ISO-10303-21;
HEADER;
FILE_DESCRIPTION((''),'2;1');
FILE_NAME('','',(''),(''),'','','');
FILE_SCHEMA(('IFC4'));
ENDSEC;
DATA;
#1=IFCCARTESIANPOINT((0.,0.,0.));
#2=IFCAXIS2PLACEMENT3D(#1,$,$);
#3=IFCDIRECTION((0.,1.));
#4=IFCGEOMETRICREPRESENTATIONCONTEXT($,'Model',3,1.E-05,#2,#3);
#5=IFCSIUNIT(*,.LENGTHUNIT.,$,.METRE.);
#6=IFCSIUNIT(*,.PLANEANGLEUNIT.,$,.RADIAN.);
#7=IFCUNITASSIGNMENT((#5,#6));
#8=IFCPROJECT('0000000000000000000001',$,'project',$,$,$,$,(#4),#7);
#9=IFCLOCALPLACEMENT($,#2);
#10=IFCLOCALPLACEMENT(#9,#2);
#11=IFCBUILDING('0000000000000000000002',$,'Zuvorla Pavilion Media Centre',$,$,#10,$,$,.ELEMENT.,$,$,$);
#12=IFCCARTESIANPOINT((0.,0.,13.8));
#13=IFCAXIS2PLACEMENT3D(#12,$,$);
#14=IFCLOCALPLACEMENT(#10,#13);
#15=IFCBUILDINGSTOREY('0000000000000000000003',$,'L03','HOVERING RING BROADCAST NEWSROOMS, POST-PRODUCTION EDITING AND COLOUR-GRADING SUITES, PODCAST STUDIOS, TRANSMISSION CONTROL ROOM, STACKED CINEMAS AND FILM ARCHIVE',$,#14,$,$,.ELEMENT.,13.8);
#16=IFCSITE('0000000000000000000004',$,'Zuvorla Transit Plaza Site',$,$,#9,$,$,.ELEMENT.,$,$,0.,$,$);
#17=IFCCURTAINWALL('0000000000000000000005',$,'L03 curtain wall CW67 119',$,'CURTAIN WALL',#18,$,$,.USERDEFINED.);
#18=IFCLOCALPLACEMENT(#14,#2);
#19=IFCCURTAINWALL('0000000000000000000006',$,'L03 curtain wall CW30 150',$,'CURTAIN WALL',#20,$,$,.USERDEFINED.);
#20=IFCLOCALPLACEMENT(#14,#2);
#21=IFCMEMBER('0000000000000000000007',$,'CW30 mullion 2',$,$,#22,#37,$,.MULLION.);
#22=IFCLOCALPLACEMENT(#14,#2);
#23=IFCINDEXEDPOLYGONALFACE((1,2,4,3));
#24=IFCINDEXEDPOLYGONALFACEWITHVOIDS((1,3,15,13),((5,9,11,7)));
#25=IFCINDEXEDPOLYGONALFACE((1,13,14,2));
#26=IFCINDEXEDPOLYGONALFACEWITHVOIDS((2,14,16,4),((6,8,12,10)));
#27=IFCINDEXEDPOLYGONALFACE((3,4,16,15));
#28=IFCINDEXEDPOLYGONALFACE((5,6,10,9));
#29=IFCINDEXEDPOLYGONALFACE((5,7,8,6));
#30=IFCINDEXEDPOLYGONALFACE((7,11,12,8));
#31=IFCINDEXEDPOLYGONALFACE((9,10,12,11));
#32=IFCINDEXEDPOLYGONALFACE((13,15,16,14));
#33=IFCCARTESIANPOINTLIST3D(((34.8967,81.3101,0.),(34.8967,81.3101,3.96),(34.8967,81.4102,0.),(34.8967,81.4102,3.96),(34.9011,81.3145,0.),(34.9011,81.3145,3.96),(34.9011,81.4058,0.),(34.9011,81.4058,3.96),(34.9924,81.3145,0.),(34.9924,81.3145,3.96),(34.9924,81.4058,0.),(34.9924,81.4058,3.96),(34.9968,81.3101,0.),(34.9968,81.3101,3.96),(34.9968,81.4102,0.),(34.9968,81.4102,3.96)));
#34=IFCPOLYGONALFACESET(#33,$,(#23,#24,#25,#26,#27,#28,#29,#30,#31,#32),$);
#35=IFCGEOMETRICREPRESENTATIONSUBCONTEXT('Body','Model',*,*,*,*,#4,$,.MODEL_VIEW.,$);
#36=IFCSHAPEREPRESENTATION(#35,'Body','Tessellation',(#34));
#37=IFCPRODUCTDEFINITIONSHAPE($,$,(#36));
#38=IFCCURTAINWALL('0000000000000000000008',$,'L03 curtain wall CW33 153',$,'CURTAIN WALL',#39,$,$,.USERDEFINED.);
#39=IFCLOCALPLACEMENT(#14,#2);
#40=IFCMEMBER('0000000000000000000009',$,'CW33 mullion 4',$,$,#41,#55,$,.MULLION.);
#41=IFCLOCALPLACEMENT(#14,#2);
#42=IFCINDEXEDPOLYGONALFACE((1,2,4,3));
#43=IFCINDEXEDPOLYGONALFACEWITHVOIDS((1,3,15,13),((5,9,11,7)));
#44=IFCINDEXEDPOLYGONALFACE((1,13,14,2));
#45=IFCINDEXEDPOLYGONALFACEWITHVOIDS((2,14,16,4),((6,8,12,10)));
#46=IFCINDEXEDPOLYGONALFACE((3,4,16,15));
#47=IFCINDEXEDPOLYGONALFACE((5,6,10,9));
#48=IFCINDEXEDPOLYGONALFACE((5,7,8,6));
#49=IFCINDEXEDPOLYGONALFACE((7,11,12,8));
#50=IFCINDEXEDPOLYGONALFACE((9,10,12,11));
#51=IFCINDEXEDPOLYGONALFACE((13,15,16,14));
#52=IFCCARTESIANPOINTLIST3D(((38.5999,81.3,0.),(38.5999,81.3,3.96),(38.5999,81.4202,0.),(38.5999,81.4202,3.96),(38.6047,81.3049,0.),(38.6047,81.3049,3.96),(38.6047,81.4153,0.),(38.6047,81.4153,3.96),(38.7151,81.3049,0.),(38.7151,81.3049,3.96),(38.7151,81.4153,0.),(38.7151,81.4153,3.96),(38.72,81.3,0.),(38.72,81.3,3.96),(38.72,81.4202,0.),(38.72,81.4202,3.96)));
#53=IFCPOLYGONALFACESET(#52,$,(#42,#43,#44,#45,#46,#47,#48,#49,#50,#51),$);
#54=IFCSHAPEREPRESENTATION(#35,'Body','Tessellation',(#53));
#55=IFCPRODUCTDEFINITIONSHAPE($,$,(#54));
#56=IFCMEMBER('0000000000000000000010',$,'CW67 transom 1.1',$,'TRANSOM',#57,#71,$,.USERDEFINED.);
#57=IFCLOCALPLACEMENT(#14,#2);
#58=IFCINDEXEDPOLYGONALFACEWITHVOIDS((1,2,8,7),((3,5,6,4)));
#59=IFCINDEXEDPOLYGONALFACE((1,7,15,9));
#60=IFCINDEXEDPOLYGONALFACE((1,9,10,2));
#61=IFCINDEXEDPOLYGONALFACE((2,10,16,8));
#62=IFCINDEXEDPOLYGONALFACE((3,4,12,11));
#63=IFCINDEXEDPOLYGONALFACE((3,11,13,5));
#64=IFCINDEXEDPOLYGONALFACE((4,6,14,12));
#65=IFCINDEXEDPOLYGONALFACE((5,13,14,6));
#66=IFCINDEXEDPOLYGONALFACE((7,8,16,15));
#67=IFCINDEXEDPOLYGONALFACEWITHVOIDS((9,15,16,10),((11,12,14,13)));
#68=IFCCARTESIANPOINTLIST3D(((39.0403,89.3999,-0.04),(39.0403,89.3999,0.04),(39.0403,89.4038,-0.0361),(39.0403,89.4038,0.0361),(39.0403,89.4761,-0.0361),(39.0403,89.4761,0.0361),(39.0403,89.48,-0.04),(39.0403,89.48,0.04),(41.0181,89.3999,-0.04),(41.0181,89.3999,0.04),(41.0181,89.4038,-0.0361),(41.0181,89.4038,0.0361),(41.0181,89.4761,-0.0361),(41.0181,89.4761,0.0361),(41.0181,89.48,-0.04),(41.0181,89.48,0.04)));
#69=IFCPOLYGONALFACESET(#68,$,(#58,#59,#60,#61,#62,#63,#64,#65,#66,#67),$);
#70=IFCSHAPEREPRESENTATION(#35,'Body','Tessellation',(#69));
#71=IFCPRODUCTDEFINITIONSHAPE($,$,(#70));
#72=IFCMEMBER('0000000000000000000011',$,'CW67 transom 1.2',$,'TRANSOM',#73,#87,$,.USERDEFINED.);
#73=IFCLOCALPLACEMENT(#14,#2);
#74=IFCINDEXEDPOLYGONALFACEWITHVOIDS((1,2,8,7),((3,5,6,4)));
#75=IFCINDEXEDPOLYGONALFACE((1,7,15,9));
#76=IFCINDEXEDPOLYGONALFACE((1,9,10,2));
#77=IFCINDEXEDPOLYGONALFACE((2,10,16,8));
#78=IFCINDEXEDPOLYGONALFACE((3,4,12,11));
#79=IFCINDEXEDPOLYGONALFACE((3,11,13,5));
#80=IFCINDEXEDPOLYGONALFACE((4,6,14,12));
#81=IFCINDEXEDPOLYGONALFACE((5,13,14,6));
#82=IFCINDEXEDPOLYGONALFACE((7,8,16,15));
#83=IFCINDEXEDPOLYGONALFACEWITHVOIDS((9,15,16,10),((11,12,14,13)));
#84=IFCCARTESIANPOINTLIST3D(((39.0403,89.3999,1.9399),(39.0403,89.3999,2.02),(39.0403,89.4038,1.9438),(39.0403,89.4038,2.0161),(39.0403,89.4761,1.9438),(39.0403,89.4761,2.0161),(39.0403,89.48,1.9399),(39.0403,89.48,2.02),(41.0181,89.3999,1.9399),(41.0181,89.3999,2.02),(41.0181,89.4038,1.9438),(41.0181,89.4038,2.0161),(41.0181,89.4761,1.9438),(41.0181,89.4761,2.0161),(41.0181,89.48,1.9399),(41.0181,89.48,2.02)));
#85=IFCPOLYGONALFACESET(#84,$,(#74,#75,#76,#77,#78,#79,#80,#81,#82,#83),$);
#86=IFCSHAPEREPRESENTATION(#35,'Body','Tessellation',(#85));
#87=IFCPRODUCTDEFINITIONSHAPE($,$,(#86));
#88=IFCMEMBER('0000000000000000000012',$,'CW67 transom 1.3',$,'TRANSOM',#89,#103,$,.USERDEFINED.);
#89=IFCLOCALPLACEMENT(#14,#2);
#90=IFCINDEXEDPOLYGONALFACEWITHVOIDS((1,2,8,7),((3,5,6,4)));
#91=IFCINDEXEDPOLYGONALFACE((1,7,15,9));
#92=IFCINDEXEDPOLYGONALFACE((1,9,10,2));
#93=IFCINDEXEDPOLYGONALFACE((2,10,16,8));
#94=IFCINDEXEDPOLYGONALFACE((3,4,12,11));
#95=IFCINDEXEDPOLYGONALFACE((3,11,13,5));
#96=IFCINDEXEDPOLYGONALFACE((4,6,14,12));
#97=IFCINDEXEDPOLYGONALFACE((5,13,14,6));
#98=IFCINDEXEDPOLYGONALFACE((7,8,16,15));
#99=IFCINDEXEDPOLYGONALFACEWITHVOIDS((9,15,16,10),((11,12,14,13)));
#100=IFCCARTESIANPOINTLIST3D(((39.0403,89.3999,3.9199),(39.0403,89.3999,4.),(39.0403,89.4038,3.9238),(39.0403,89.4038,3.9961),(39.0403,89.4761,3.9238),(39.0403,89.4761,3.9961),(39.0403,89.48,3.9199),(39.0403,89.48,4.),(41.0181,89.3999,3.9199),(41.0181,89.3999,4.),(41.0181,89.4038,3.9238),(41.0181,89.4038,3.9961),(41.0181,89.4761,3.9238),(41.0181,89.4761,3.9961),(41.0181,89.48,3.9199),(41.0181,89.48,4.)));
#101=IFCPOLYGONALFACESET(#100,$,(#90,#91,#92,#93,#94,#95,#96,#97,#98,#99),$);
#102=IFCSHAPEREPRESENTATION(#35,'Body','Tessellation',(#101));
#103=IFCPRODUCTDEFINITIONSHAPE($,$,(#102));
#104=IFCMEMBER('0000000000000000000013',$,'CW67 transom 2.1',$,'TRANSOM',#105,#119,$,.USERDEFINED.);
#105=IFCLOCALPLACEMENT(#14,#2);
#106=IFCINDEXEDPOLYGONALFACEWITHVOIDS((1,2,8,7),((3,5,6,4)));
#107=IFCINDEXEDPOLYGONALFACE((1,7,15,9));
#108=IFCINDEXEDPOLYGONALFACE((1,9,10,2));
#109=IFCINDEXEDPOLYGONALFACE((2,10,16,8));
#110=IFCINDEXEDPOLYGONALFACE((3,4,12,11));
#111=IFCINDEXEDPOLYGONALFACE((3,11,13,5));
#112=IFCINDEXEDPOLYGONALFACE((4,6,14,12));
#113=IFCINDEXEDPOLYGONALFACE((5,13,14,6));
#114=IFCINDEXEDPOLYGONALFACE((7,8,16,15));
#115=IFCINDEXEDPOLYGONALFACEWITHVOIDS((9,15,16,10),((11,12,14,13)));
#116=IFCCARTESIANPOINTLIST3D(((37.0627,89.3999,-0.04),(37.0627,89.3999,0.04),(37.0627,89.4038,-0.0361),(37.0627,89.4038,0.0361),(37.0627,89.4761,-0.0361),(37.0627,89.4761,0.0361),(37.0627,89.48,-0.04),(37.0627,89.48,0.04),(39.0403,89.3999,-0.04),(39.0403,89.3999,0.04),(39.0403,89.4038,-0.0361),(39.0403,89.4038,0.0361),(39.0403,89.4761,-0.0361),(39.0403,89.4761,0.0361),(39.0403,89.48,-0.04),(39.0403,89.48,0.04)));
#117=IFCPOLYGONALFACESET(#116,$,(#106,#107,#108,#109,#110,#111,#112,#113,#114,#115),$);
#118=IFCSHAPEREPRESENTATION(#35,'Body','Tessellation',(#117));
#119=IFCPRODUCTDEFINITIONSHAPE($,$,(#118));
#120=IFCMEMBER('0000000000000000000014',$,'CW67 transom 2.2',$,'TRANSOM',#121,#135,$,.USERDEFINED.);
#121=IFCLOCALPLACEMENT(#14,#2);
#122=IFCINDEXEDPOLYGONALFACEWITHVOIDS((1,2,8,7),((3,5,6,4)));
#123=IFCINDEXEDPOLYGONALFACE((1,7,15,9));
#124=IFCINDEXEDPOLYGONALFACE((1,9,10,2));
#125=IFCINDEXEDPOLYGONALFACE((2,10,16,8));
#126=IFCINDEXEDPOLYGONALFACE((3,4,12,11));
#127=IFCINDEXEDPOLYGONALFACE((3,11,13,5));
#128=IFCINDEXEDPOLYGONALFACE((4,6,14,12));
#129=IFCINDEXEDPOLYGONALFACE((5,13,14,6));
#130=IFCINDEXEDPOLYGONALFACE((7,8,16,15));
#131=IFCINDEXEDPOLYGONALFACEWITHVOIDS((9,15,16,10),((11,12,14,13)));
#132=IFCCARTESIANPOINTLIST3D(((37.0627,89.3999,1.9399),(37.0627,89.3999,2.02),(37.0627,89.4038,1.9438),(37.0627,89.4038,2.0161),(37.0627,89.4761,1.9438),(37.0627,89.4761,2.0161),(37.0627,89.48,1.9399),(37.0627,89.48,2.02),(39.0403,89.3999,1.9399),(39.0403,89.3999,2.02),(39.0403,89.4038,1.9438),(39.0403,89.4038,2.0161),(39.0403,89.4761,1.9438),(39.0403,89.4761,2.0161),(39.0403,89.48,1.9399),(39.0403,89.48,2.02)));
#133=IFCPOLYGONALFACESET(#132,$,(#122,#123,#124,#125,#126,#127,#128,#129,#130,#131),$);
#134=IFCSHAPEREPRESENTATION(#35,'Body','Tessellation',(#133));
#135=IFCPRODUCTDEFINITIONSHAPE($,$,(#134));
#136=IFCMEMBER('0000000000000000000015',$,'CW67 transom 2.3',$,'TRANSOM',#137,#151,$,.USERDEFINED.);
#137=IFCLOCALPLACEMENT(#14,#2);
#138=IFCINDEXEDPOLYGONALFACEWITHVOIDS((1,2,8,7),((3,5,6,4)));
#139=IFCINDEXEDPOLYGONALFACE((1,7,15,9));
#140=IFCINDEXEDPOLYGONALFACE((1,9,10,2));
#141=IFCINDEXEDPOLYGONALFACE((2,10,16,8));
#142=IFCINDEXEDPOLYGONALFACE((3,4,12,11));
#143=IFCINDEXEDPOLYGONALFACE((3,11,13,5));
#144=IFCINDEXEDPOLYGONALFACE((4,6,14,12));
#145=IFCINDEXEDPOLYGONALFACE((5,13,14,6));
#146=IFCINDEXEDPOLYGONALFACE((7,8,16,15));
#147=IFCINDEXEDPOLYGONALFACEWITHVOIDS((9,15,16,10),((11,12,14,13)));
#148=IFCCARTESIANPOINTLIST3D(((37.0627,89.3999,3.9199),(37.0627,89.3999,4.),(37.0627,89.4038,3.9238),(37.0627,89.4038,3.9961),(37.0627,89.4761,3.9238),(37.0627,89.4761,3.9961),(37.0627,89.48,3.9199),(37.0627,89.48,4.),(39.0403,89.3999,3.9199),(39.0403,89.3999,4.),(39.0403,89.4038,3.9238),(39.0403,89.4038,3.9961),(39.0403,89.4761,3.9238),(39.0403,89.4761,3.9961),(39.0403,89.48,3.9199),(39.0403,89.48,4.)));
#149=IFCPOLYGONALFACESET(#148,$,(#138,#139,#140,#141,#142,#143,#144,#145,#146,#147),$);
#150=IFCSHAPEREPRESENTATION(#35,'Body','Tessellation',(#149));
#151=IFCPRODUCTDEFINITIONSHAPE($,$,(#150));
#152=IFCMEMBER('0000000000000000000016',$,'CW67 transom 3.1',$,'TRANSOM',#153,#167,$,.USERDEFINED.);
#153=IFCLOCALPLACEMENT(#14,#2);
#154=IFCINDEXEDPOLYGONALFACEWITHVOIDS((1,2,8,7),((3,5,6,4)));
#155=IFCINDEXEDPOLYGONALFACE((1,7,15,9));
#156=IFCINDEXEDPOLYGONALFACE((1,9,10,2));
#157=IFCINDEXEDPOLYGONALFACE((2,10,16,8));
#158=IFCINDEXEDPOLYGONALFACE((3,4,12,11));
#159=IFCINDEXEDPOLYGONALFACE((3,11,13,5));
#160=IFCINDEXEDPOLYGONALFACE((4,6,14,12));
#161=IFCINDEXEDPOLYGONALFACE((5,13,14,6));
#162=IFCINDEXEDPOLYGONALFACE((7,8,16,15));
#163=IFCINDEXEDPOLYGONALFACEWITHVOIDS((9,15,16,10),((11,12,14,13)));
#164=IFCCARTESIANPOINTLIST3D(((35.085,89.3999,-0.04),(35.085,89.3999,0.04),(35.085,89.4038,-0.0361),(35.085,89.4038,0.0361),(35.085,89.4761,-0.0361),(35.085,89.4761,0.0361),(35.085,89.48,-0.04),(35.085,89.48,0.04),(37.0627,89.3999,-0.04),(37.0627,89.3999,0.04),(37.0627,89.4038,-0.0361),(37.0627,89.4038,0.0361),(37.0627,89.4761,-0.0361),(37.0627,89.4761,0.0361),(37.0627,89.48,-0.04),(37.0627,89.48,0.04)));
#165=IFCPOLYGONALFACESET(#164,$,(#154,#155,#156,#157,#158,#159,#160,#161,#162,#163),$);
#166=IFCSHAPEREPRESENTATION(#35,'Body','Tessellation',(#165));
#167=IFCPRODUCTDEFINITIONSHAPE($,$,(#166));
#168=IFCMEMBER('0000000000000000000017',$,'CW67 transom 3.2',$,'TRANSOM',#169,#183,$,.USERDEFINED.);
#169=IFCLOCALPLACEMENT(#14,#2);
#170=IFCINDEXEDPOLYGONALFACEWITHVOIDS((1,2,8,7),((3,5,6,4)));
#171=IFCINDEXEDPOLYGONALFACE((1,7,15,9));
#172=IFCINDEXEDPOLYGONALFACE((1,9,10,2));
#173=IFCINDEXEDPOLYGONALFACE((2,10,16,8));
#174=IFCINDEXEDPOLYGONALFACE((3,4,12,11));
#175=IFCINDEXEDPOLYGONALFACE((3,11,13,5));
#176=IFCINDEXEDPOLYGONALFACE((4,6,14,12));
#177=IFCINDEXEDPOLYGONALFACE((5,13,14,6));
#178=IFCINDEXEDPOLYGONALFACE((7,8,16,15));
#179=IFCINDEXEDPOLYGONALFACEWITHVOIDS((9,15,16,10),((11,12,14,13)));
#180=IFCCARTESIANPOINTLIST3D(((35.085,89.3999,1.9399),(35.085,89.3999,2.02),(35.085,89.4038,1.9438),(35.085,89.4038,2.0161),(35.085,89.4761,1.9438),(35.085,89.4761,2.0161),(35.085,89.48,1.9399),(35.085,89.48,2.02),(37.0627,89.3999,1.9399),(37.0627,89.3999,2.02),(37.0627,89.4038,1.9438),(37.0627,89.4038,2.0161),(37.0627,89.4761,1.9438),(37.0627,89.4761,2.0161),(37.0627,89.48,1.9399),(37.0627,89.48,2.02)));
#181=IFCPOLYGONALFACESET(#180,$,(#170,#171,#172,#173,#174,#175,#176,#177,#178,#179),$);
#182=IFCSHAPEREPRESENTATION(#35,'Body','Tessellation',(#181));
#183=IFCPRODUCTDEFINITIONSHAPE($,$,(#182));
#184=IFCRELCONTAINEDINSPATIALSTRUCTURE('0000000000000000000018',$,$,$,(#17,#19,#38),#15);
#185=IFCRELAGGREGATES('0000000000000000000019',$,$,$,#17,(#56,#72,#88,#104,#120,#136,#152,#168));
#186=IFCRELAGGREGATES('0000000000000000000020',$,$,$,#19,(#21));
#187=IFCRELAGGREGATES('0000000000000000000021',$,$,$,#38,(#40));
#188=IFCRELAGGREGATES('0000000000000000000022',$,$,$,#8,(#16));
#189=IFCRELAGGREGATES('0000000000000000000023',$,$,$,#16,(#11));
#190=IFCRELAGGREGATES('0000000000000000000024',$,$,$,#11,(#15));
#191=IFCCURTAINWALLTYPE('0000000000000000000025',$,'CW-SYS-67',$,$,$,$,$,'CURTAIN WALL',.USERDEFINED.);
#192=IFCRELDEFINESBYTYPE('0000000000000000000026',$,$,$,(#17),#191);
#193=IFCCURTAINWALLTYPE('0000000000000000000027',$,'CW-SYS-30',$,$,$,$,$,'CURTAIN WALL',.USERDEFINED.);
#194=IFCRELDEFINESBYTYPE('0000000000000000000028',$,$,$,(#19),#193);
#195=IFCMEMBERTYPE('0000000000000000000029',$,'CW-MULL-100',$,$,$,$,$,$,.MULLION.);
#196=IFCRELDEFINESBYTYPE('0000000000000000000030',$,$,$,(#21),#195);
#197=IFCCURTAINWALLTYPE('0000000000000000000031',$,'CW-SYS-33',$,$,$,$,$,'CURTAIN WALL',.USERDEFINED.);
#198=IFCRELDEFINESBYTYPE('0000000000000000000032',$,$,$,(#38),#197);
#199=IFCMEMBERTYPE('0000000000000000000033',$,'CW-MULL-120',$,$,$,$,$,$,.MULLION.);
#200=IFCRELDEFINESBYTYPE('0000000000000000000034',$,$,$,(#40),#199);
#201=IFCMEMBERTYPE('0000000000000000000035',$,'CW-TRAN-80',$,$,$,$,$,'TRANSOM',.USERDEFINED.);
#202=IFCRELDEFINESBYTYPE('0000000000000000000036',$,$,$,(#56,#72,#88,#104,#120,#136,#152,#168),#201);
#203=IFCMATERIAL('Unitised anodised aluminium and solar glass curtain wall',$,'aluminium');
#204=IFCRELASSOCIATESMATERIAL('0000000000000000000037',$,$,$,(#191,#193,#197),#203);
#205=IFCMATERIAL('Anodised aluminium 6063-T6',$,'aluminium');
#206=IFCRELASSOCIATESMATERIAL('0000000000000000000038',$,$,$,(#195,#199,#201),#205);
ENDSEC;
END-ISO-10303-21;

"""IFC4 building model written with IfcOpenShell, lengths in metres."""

from ifc_helpers import new_model, si_unit, direction, frame, origin, origin_2d, place, context, subcontext, project, spatial, hollow_rectangle, extrude, material, material_profile, profile_set, type_object, element, aggregate, save


model = new_model("IFC4")

# Units and contexts
model_context = context("Model", 3, precision=1e-05, world=origin(), true_north=direction((0.0, 1.0)))
body_context = subcontext(model_context, "Body", "Model", "MODEL_VIEW")
ifc_project = project(units=[si_unit("LENGTHUNIT", "METRE"), si_unit("PLANEANGLEUNIT", "RADIAN")], contexts=[model_context])

# Site, building, storey
site_placement = place(None, origin())
site = spatial("IfcSite", under=ifc_project, at=site_placement, Name="Zuvorla Transit Plaza Site", CompositionType="ELEMENT", RefElevation=0.0)
building_placement = place(site_placement, origin())
building = spatial("IfcBuilding", under=site, at=building_placement, Name="Zuvorla Pavilion Media Centre", CompositionType="ELEMENT")
storey_placement = place(building_placement, frame((0.0, 0.0, 13.8)))
storey = spatial("IfcBuildingStorey", under=building, at=storey_placement, Name="L03", Description="HOVERING RING BROADCAST NEWSROOMS, POST-PRODUCTION EDITING AND COLOUR-GRADING SUITES, PODCAST STUDIOS, TRANSMISSION CONTROL ROOM, STACKED CINEMAS AND FILM ARCHIVE", CompositionType="ELEMENT", Elevation=13.8)

# Curtain walls, member
ifc_material_1 = material(Name="Unitised anodised aluminium and solar glass curtain wall", Category="aluminium")
curtain_wall_type_1 = type_object("IfcCurtainWallType", Name="CW-SYS-67", ElementType="CURTAIN WALL", PredefinedType="USERDEFINED", material=ifc_material_1)
curtain_wall_1_placement = place(storey_placement, origin())
curtain_wall_1 = element("IfcCurtainWall", 1, at=curtain_wall_1_placement, inside=storey, type_object=curtain_wall_type_1, Name="L03 curtain wall CW67 119", ObjectType="CURTAIN WALL", PredefinedType="USERDEFINED")
ifc_material_2 = material(Name="Anodised aluminium 6063-T6", Category="aluminium")
ifc_material_profile_1 = material_profile(ifc_material_2, hollow_rectangle(XDim=0.1001, YDim=0.1001, WallThickness=0.0044, at=origin_2d()), Name="ALU MULL 100x100")
ifc_profile_set_1 = profile_set([ifc_material_profile_1], Name="Anodised aluminium 6063-T6")
member_type_1 = type_object("IfcMemberType", Name="CW-MULL-100", PredefinedType="MULLION", material=ifc_profile_set_1)
curtain_wall_type_2 = type_object("IfcCurtainWallType", Name="CW-SYS-30", ElementType="CURTAIN WALL", PredefinedType="USERDEFINED", material=ifc_material_1)
curtain_wall_2_placement = place(storey_placement, origin())
curtain_wall_2 = element("IfcCurtainWall", 2, at=curtain_wall_2_placement, inside=storey, type_object=curtain_wall_type_2, Name="L03 curtain wall CW30 150", ObjectType="CURTAIN WALL", PredefinedType="USERDEFINED")
member_1_placement = place(storey_placement, frame((34.9468, 81.3601, 0.0), z_axis=(0.0, 0.0, 1.0), x_axis=(1.0, 0.0, 0.0)))
member_1 = element("IfcMember", 3, at=member_1_placement, type_object=member_type_1, Name="CW30 mullion 2", PredefinedType="MULLION", context=body_context, shape_type="SweptSolid", body=[
    extrude(hollow_rectangle(XDim=0.1001, YDim=0.1001, WallThickness=0.0044, at=origin_2d()), origin(), (0.0, 0.0, 1.0), 3.96),
])

# Curtain wall, member
curtain_wall_type_3 = type_object("IfcCurtainWallType", Name="CW-SYS-33", ElementType="CURTAIN WALL", PredefinedType="USERDEFINED", material=ifc_material_1)
curtain_wall_3_placement = place(storey_placement, origin())
curtain_wall_3 = element("IfcCurtainWall", 4, at=curtain_wall_3_placement, inside=storey, type_object=curtain_wall_type_3, Name="L03 curtain wall CW33 153", ObjectType="CURTAIN WALL", PredefinedType="USERDEFINED")
ifc_material_profile_2 = material_profile(ifc_material_2, hollow_rectangle(XDim=0.1201, YDim=0.1201, WallThickness=0.0049, at=origin_2d()), Name="ALU MULL 120x120")
ifc_profile_set_2 = profile_set([ifc_material_profile_2], Name="Anodised aluminium 6063-T6")
member_type_2 = type_object("IfcMemberType", Name="CW-MULL-120", PredefinedType="MULLION", material=ifc_profile_set_2)
member_2_placement = place(storey_placement, frame((38.6599, 81.3601, 0.0), z_axis=(0.0, 0.0, 1.0), x_axis=(1.0, 0.0, 0.0)))
member_2 = element("IfcMember", 5, at=member_2_placement, type_object=member_type_2, Name="CW33 mullion 4", PredefinedType="MULLION", context=body_context, shape_type="SweptSolid", body=[
    extrude(hollow_rectangle(XDim=0.1201, YDim=0.1201, WallThickness=0.0049, at=origin_2d()), origin(), (0.0, 0.0, 1.0), 3.96),
])

# Members
ifc_material_profile_3 = material_profile(ifc_material_2, hollow_rectangle(XDim=0.0801, YDim=0.0801, WallThickness=0.0039, at=origin_2d()), Name="ALU TRAN 80x80")
ifc_profile_set_3 = profile_set([ifc_material_profile_3], Name="Anodised aluminium 6063-T6")
member_type_3 = type_object("IfcMemberType", Name="CW-TRAN-80", ElementType="TRANSOM", PredefinedType="USERDEFINED", material=ifc_profile_set_3)
member_3_placement = place(storey_placement, frame((41.0181, 89.4399, 0.0), z_axis=(-1.0, 0.0, 0.0), x_axis=(0.0, -1.0, 0.0)))
member_3 = element("IfcMember", 6, at=member_3_placement, type_object=member_type_3, Name="CW67 transom 1.1", ObjectType="TRANSOM", PredefinedType="USERDEFINED", context=body_context, shape_type="SweptSolid", body=[
    extrude(hollow_rectangle(XDim=0.0801, YDim=0.0801, WallThickness=0.0039, at=origin_2d()), origin(), (0.0, 0.0, 1.0), 1.9778),
])
member_4_placement = place(storey_placement, frame((41.0181, 89.4399, 1.98), z_axis=(-1.0, 0.0, 0.0), x_axis=(0.0, -1.0, 0.0)))
member_4 = element("IfcMember", 7, at=member_4_placement, type_object=member_type_3, Name="CW67 transom 1.2", ObjectType="TRANSOM", PredefinedType="USERDEFINED", context=body_context, shape_type="SweptSolid", body=[
    extrude(hollow_rectangle(XDim=0.0801, YDim=0.0801, WallThickness=0.0039, at=origin_2d()), origin(), (0.0, 0.0, 1.0), 1.9778),
])
member_5_placement = place(storey_placement, frame((41.0181, 89.4399, 3.96), z_axis=(-1.0, 0.0, 0.0), x_axis=(0.0, -1.0, 0.0)))
member_5 = element("IfcMember", 8, at=member_5_placement, type_object=member_type_3, Name="CW67 transom 1.3", ObjectType="TRANSOM", PredefinedType="USERDEFINED", context=body_context, shape_type="SweptSolid", body=[
    extrude(hollow_rectangle(XDim=0.0801, YDim=0.0801, WallThickness=0.0039, at=origin_2d()), origin(), (0.0, 0.0, 1.0), 1.9778),
])
member_6_placement = place(storey_placement, frame((39.0403, 89.4399, 0.0), z_axis=(-1.0, 0.0, 0.0), x_axis=(0.0, -1.0, 0.0)))
member_6 = element("IfcMember", 9, at=member_6_placement, type_object=member_type_3, Name="CW67 transom 2.1", ObjectType="TRANSOM", PredefinedType="USERDEFINED", context=body_context, shape_type="SweptSolid", body=[
    extrude(hollow_rectangle(XDim=0.0801, YDim=0.0801, WallThickness=0.0039, at=origin_2d()), origin(), (0.0, 0.0, 1.0), 1.9775),
])
member_7_placement = place(storey_placement, frame((39.0403, 89.4399, 1.98), z_axis=(-1.0, 0.0, 0.0), x_axis=(0.0, -1.0, 0.0)))
member_7 = element("IfcMember", 10, at=member_7_placement, type_object=member_type_3, Name="CW67 transom 2.2", ObjectType="TRANSOM", PredefinedType="USERDEFINED", context=body_context, shape_type="SweptSolid", body=[
    extrude(hollow_rectangle(XDim=0.0801, YDim=0.0801, WallThickness=0.0039, at=origin_2d()), origin(), (0.0, 0.0, 1.0), 1.9775),
])
member_8_placement = place(storey_placement, frame((39.0403, 89.4399, 3.96), z_axis=(-1.0, 0.0, 0.0), x_axis=(0.0, -1.0, 0.0)))
member_8 = element("IfcMember", 11, at=member_8_placement, type_object=member_type_3, Name="CW67 transom 2.3", ObjectType="TRANSOM", PredefinedType="USERDEFINED", context=body_context, shape_type="SweptSolid", body=[
    extrude(hollow_rectangle(XDim=0.0801, YDim=0.0801, WallThickness=0.0039, at=origin_2d()), origin(), (0.0, 0.0, 1.0), 1.9775),
])
member_9_placement = place(storey_placement, frame((37.0627, 89.4399, 0.0), z_axis=(-1.0, 0.0, 0.0), x_axis=(0.0, -1.0, 0.0)))
member_9 = element("IfcMember", 12, at=member_9_placement, type_object=member_type_3, Name="CW67 transom 3.1", ObjectType="TRANSOM", PredefinedType="USERDEFINED", context=body_context, shape_type="SweptSolid", body=[
    extrude(hollow_rectangle(XDim=0.0801, YDim=0.0801, WallThickness=0.0039, at=origin_2d()), origin(), (0.0, 0.0, 1.0), 1.9778),
])
member_10_placement = place(storey_placement, frame((37.0627, 89.4399, 1.98), z_axis=(-1.0, 0.0, 0.0), x_axis=(0.0, -1.0, 0.0)))
member_10 = element("IfcMember", 13, at=member_10_placement, type_object=member_type_3, Name="CW67 transom 3.2", ObjectType="TRANSOM", PredefinedType="USERDEFINED", context=body_context, shape_type="SweptSolid", body=[
    extrude(hollow_rectangle(XDim=0.0801, YDim=0.0801, WallThickness=0.0039, at=origin_2d()), origin(), (0.0, 0.0, 1.0), 1.9778),
])

aggregate(curtain_wall_1, [member_3, member_4, member_5, member_6, member_7, member_8, member_9, member_10])
aggregate(curtain_wall_2, [member_1])
aggregate(curtain_wall_3, [member_2])

save(model, "model.ifc")
